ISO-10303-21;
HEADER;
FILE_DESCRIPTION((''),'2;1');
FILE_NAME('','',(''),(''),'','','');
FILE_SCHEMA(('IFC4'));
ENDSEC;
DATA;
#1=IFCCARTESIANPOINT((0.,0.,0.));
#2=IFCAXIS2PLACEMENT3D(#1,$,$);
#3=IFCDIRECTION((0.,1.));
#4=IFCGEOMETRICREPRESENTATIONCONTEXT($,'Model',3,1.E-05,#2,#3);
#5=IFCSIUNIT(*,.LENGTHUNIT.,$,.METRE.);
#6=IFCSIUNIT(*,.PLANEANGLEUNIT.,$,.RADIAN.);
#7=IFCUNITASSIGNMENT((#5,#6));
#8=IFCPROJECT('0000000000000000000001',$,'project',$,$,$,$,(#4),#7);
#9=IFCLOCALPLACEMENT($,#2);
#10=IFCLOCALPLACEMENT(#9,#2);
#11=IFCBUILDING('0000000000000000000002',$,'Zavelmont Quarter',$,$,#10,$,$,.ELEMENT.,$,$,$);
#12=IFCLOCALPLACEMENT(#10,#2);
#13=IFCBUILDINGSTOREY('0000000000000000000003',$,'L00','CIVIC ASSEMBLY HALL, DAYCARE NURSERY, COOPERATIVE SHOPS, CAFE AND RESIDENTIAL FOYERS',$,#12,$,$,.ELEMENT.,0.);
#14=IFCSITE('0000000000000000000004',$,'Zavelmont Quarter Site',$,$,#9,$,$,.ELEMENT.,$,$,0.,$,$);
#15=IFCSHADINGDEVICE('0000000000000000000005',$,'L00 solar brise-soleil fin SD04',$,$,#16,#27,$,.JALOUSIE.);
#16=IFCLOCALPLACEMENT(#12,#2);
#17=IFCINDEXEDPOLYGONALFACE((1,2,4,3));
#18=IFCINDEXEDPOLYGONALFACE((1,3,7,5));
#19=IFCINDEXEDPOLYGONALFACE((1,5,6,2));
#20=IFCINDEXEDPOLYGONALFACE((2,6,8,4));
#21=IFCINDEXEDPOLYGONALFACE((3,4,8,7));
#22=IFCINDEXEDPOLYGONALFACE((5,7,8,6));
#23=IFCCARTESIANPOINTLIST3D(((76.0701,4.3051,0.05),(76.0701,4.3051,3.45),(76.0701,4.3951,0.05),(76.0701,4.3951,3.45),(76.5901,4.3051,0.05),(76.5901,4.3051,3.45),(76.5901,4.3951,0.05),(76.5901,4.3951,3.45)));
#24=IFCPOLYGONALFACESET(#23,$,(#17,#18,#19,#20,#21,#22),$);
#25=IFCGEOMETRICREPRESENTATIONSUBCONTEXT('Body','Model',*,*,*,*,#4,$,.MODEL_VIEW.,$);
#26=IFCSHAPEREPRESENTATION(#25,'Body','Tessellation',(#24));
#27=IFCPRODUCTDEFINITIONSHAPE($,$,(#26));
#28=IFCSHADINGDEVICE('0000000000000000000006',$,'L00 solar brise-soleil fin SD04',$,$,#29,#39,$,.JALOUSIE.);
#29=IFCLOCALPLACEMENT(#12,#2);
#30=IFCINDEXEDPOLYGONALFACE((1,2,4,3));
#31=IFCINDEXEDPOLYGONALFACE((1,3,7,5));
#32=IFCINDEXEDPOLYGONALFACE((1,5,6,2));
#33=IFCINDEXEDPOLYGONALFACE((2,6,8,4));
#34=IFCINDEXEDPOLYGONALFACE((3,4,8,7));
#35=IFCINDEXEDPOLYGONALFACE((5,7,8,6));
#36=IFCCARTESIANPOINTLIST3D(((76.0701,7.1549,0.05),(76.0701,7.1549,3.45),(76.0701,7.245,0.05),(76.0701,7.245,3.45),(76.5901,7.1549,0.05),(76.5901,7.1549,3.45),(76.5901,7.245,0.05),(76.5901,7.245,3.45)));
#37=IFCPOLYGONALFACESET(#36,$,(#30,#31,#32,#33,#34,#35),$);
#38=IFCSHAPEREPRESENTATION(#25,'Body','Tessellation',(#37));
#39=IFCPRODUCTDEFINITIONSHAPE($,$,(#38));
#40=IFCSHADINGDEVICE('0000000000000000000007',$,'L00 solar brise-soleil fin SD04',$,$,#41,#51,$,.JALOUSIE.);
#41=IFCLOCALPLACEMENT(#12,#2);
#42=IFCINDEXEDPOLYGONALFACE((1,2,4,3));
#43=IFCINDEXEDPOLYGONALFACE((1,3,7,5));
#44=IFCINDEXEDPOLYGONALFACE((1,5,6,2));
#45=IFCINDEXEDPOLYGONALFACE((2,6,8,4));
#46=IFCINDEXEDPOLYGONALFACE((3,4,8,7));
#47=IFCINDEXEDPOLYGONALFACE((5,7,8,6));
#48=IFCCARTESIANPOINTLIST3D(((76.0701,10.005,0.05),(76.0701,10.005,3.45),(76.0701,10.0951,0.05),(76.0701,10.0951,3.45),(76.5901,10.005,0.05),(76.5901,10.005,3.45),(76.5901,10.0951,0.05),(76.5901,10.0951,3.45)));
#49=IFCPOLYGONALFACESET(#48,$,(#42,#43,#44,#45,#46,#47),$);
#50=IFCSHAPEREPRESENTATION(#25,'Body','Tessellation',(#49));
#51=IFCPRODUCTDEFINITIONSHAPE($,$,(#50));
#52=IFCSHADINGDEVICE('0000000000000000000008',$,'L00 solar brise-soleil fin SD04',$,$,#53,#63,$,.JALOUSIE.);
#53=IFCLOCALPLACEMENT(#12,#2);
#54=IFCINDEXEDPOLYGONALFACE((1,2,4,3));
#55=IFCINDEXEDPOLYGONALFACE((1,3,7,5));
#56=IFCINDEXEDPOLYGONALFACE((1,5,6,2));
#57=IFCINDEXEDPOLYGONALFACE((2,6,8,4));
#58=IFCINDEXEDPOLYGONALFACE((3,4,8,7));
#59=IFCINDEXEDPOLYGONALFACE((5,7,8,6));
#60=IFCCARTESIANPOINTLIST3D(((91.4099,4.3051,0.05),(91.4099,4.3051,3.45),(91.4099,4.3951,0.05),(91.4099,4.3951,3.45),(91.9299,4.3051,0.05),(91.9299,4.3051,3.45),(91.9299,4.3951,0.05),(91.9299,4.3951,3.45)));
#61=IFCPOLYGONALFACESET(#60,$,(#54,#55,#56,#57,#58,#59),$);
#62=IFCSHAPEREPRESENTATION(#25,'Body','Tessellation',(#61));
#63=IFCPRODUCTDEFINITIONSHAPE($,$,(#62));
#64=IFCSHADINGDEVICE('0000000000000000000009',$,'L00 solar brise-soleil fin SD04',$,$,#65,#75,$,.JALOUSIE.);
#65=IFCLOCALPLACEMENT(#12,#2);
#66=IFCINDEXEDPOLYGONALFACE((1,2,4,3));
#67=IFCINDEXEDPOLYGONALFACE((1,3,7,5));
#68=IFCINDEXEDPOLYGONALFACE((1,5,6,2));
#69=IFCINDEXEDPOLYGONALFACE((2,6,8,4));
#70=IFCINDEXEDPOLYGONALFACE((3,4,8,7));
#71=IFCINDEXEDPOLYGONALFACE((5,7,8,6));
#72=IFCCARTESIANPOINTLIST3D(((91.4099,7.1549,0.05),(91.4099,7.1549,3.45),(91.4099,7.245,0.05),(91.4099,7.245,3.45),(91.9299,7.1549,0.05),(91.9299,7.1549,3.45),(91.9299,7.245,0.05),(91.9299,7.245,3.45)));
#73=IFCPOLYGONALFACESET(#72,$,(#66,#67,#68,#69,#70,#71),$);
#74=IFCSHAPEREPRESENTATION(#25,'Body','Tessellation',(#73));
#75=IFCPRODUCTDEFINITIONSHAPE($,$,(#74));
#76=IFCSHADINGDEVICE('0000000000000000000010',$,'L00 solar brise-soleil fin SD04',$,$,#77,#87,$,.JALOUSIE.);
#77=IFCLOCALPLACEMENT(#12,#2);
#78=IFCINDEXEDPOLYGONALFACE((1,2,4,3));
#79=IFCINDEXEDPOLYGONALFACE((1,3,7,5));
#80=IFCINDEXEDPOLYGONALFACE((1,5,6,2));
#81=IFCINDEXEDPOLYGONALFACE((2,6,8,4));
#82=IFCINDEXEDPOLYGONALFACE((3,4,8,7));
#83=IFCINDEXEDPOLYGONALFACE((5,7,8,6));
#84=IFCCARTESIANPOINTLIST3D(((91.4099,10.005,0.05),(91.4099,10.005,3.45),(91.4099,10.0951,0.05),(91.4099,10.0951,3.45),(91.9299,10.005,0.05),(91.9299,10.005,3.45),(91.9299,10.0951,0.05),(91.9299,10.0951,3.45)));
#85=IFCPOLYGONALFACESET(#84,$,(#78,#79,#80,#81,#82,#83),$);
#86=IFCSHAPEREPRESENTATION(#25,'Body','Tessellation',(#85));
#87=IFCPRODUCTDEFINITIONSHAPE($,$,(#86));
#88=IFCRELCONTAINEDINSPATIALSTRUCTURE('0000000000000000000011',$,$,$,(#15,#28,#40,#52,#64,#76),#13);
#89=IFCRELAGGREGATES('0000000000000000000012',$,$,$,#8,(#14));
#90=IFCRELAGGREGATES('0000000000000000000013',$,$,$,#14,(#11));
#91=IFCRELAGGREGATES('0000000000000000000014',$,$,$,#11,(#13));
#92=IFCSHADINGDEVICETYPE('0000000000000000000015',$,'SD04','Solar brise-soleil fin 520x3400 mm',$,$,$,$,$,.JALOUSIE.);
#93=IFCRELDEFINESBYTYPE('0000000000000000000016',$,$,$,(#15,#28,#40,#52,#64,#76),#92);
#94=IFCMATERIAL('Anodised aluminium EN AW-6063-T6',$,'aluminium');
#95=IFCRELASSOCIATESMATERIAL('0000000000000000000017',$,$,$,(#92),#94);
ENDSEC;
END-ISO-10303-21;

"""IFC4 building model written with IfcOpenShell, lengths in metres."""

from ifc_helpers import new_model, si_unit, direction, frame, origin, origin_2d, place, context, subcontext, project, spatial, rectangle, extrude, material, type_object, element, save


model = new_model("IFC4")

# Units and contexts
model_context = context("Model", 3, precision=1e-05, world=origin(), true_north=direction((0.0, 1.0)))
body_context = subcontext(model_context, "Body", "Model", "MODEL_VIEW")
ifc_project = project(units=[si_unit("LENGTHUNIT", "METRE"), si_unit("PLANEANGLEUNIT", "RADIAN")], contexts=[model_context])

# Site, building, storey
site_placement = place(None, origin())
site = spatial("IfcSite", under=ifc_project, at=site_placement, Name="Zavelmont Quarter Site", CompositionType="ELEMENT", RefElevation=0.0)
building_placement = place(site_placement, origin())
building = spatial("IfcBuilding", under=site, at=building_placement, Name="Zavelmont Quarter", CompositionType="ELEMENT")
storey_placement = place(building_placement, origin())
storey = spatial("IfcBuildingStorey", under=building, at=storey_placement, Name="L00", Description="CIVIC ASSEMBLY HALL, DAYCARE NURSERY, COOPERATIVE SHOPS, CAFE AND RESIDENTIAL FOYERS", CompositionType="ELEMENT", Elevation=0.0)

# Shading devices
ifc_material_1 = material(Name="Anodised aluminium EN AW-6063-T6", Category="aluminium")
shading_device_type = type_object("IfcShadingDeviceType", Name="SD04", Description="Solar brise-soleil fin 520x3400 mm", PredefinedType="JALOUSIE", material=ifc_material_1)
for number, where, z_axis, x_axis, name in (
    (1, (76.3301, 4.3501, 0.05), (0.0, 0.0, 1.0), (0.0, 1.0, 0.0), "L00 solar brise-soleil fin SD04"),
    (2, (76.3301, 7.2, 0.05), (0.0, 0.0, 1.0), (0.0, 1.0, 0.0), "L00 solar brise-soleil fin SD04"),
    (3, (76.3301, 10.05, 0.05), (0.0, 0.0, 1.0), (0.0, 1.0, 0.0), "L00 solar brise-soleil fin SD04"),
    (4, (91.6699, 4.3501, 0.05), (0.0, 0.0, 1.0), (0.0, 1.0, 0.0), "L00 solar brise-soleil fin SD04"),
    (5, (91.6699, 7.2, 0.05), (0.0, 0.0, 1.0), (0.0, 1.0, 0.0), "L00 solar brise-soleil fin SD04"),
    (6, (91.6699, 10.05, 0.05), (0.0, 0.0, 1.0), (0.0, 1.0, 0.0), "L00 solar brise-soleil fin SD04"),
):
    element("IfcShadingDevice", number, at=place(storey_placement, frame(where, z_axis=z_axis, x_axis=x_axis)), inside=storey, type_object=shading_device_type, Name=name, PredefinedType="JALOUSIE", context=body_context, shape_type="SweptSolid", body=[
        extrude(rectangle(XDim=0.0901, YDim=0.52, at=origin_2d()), origin(), (0.0, 0.0, 1.0), 3.3999),
    ])

save(model, "model.ifc")
